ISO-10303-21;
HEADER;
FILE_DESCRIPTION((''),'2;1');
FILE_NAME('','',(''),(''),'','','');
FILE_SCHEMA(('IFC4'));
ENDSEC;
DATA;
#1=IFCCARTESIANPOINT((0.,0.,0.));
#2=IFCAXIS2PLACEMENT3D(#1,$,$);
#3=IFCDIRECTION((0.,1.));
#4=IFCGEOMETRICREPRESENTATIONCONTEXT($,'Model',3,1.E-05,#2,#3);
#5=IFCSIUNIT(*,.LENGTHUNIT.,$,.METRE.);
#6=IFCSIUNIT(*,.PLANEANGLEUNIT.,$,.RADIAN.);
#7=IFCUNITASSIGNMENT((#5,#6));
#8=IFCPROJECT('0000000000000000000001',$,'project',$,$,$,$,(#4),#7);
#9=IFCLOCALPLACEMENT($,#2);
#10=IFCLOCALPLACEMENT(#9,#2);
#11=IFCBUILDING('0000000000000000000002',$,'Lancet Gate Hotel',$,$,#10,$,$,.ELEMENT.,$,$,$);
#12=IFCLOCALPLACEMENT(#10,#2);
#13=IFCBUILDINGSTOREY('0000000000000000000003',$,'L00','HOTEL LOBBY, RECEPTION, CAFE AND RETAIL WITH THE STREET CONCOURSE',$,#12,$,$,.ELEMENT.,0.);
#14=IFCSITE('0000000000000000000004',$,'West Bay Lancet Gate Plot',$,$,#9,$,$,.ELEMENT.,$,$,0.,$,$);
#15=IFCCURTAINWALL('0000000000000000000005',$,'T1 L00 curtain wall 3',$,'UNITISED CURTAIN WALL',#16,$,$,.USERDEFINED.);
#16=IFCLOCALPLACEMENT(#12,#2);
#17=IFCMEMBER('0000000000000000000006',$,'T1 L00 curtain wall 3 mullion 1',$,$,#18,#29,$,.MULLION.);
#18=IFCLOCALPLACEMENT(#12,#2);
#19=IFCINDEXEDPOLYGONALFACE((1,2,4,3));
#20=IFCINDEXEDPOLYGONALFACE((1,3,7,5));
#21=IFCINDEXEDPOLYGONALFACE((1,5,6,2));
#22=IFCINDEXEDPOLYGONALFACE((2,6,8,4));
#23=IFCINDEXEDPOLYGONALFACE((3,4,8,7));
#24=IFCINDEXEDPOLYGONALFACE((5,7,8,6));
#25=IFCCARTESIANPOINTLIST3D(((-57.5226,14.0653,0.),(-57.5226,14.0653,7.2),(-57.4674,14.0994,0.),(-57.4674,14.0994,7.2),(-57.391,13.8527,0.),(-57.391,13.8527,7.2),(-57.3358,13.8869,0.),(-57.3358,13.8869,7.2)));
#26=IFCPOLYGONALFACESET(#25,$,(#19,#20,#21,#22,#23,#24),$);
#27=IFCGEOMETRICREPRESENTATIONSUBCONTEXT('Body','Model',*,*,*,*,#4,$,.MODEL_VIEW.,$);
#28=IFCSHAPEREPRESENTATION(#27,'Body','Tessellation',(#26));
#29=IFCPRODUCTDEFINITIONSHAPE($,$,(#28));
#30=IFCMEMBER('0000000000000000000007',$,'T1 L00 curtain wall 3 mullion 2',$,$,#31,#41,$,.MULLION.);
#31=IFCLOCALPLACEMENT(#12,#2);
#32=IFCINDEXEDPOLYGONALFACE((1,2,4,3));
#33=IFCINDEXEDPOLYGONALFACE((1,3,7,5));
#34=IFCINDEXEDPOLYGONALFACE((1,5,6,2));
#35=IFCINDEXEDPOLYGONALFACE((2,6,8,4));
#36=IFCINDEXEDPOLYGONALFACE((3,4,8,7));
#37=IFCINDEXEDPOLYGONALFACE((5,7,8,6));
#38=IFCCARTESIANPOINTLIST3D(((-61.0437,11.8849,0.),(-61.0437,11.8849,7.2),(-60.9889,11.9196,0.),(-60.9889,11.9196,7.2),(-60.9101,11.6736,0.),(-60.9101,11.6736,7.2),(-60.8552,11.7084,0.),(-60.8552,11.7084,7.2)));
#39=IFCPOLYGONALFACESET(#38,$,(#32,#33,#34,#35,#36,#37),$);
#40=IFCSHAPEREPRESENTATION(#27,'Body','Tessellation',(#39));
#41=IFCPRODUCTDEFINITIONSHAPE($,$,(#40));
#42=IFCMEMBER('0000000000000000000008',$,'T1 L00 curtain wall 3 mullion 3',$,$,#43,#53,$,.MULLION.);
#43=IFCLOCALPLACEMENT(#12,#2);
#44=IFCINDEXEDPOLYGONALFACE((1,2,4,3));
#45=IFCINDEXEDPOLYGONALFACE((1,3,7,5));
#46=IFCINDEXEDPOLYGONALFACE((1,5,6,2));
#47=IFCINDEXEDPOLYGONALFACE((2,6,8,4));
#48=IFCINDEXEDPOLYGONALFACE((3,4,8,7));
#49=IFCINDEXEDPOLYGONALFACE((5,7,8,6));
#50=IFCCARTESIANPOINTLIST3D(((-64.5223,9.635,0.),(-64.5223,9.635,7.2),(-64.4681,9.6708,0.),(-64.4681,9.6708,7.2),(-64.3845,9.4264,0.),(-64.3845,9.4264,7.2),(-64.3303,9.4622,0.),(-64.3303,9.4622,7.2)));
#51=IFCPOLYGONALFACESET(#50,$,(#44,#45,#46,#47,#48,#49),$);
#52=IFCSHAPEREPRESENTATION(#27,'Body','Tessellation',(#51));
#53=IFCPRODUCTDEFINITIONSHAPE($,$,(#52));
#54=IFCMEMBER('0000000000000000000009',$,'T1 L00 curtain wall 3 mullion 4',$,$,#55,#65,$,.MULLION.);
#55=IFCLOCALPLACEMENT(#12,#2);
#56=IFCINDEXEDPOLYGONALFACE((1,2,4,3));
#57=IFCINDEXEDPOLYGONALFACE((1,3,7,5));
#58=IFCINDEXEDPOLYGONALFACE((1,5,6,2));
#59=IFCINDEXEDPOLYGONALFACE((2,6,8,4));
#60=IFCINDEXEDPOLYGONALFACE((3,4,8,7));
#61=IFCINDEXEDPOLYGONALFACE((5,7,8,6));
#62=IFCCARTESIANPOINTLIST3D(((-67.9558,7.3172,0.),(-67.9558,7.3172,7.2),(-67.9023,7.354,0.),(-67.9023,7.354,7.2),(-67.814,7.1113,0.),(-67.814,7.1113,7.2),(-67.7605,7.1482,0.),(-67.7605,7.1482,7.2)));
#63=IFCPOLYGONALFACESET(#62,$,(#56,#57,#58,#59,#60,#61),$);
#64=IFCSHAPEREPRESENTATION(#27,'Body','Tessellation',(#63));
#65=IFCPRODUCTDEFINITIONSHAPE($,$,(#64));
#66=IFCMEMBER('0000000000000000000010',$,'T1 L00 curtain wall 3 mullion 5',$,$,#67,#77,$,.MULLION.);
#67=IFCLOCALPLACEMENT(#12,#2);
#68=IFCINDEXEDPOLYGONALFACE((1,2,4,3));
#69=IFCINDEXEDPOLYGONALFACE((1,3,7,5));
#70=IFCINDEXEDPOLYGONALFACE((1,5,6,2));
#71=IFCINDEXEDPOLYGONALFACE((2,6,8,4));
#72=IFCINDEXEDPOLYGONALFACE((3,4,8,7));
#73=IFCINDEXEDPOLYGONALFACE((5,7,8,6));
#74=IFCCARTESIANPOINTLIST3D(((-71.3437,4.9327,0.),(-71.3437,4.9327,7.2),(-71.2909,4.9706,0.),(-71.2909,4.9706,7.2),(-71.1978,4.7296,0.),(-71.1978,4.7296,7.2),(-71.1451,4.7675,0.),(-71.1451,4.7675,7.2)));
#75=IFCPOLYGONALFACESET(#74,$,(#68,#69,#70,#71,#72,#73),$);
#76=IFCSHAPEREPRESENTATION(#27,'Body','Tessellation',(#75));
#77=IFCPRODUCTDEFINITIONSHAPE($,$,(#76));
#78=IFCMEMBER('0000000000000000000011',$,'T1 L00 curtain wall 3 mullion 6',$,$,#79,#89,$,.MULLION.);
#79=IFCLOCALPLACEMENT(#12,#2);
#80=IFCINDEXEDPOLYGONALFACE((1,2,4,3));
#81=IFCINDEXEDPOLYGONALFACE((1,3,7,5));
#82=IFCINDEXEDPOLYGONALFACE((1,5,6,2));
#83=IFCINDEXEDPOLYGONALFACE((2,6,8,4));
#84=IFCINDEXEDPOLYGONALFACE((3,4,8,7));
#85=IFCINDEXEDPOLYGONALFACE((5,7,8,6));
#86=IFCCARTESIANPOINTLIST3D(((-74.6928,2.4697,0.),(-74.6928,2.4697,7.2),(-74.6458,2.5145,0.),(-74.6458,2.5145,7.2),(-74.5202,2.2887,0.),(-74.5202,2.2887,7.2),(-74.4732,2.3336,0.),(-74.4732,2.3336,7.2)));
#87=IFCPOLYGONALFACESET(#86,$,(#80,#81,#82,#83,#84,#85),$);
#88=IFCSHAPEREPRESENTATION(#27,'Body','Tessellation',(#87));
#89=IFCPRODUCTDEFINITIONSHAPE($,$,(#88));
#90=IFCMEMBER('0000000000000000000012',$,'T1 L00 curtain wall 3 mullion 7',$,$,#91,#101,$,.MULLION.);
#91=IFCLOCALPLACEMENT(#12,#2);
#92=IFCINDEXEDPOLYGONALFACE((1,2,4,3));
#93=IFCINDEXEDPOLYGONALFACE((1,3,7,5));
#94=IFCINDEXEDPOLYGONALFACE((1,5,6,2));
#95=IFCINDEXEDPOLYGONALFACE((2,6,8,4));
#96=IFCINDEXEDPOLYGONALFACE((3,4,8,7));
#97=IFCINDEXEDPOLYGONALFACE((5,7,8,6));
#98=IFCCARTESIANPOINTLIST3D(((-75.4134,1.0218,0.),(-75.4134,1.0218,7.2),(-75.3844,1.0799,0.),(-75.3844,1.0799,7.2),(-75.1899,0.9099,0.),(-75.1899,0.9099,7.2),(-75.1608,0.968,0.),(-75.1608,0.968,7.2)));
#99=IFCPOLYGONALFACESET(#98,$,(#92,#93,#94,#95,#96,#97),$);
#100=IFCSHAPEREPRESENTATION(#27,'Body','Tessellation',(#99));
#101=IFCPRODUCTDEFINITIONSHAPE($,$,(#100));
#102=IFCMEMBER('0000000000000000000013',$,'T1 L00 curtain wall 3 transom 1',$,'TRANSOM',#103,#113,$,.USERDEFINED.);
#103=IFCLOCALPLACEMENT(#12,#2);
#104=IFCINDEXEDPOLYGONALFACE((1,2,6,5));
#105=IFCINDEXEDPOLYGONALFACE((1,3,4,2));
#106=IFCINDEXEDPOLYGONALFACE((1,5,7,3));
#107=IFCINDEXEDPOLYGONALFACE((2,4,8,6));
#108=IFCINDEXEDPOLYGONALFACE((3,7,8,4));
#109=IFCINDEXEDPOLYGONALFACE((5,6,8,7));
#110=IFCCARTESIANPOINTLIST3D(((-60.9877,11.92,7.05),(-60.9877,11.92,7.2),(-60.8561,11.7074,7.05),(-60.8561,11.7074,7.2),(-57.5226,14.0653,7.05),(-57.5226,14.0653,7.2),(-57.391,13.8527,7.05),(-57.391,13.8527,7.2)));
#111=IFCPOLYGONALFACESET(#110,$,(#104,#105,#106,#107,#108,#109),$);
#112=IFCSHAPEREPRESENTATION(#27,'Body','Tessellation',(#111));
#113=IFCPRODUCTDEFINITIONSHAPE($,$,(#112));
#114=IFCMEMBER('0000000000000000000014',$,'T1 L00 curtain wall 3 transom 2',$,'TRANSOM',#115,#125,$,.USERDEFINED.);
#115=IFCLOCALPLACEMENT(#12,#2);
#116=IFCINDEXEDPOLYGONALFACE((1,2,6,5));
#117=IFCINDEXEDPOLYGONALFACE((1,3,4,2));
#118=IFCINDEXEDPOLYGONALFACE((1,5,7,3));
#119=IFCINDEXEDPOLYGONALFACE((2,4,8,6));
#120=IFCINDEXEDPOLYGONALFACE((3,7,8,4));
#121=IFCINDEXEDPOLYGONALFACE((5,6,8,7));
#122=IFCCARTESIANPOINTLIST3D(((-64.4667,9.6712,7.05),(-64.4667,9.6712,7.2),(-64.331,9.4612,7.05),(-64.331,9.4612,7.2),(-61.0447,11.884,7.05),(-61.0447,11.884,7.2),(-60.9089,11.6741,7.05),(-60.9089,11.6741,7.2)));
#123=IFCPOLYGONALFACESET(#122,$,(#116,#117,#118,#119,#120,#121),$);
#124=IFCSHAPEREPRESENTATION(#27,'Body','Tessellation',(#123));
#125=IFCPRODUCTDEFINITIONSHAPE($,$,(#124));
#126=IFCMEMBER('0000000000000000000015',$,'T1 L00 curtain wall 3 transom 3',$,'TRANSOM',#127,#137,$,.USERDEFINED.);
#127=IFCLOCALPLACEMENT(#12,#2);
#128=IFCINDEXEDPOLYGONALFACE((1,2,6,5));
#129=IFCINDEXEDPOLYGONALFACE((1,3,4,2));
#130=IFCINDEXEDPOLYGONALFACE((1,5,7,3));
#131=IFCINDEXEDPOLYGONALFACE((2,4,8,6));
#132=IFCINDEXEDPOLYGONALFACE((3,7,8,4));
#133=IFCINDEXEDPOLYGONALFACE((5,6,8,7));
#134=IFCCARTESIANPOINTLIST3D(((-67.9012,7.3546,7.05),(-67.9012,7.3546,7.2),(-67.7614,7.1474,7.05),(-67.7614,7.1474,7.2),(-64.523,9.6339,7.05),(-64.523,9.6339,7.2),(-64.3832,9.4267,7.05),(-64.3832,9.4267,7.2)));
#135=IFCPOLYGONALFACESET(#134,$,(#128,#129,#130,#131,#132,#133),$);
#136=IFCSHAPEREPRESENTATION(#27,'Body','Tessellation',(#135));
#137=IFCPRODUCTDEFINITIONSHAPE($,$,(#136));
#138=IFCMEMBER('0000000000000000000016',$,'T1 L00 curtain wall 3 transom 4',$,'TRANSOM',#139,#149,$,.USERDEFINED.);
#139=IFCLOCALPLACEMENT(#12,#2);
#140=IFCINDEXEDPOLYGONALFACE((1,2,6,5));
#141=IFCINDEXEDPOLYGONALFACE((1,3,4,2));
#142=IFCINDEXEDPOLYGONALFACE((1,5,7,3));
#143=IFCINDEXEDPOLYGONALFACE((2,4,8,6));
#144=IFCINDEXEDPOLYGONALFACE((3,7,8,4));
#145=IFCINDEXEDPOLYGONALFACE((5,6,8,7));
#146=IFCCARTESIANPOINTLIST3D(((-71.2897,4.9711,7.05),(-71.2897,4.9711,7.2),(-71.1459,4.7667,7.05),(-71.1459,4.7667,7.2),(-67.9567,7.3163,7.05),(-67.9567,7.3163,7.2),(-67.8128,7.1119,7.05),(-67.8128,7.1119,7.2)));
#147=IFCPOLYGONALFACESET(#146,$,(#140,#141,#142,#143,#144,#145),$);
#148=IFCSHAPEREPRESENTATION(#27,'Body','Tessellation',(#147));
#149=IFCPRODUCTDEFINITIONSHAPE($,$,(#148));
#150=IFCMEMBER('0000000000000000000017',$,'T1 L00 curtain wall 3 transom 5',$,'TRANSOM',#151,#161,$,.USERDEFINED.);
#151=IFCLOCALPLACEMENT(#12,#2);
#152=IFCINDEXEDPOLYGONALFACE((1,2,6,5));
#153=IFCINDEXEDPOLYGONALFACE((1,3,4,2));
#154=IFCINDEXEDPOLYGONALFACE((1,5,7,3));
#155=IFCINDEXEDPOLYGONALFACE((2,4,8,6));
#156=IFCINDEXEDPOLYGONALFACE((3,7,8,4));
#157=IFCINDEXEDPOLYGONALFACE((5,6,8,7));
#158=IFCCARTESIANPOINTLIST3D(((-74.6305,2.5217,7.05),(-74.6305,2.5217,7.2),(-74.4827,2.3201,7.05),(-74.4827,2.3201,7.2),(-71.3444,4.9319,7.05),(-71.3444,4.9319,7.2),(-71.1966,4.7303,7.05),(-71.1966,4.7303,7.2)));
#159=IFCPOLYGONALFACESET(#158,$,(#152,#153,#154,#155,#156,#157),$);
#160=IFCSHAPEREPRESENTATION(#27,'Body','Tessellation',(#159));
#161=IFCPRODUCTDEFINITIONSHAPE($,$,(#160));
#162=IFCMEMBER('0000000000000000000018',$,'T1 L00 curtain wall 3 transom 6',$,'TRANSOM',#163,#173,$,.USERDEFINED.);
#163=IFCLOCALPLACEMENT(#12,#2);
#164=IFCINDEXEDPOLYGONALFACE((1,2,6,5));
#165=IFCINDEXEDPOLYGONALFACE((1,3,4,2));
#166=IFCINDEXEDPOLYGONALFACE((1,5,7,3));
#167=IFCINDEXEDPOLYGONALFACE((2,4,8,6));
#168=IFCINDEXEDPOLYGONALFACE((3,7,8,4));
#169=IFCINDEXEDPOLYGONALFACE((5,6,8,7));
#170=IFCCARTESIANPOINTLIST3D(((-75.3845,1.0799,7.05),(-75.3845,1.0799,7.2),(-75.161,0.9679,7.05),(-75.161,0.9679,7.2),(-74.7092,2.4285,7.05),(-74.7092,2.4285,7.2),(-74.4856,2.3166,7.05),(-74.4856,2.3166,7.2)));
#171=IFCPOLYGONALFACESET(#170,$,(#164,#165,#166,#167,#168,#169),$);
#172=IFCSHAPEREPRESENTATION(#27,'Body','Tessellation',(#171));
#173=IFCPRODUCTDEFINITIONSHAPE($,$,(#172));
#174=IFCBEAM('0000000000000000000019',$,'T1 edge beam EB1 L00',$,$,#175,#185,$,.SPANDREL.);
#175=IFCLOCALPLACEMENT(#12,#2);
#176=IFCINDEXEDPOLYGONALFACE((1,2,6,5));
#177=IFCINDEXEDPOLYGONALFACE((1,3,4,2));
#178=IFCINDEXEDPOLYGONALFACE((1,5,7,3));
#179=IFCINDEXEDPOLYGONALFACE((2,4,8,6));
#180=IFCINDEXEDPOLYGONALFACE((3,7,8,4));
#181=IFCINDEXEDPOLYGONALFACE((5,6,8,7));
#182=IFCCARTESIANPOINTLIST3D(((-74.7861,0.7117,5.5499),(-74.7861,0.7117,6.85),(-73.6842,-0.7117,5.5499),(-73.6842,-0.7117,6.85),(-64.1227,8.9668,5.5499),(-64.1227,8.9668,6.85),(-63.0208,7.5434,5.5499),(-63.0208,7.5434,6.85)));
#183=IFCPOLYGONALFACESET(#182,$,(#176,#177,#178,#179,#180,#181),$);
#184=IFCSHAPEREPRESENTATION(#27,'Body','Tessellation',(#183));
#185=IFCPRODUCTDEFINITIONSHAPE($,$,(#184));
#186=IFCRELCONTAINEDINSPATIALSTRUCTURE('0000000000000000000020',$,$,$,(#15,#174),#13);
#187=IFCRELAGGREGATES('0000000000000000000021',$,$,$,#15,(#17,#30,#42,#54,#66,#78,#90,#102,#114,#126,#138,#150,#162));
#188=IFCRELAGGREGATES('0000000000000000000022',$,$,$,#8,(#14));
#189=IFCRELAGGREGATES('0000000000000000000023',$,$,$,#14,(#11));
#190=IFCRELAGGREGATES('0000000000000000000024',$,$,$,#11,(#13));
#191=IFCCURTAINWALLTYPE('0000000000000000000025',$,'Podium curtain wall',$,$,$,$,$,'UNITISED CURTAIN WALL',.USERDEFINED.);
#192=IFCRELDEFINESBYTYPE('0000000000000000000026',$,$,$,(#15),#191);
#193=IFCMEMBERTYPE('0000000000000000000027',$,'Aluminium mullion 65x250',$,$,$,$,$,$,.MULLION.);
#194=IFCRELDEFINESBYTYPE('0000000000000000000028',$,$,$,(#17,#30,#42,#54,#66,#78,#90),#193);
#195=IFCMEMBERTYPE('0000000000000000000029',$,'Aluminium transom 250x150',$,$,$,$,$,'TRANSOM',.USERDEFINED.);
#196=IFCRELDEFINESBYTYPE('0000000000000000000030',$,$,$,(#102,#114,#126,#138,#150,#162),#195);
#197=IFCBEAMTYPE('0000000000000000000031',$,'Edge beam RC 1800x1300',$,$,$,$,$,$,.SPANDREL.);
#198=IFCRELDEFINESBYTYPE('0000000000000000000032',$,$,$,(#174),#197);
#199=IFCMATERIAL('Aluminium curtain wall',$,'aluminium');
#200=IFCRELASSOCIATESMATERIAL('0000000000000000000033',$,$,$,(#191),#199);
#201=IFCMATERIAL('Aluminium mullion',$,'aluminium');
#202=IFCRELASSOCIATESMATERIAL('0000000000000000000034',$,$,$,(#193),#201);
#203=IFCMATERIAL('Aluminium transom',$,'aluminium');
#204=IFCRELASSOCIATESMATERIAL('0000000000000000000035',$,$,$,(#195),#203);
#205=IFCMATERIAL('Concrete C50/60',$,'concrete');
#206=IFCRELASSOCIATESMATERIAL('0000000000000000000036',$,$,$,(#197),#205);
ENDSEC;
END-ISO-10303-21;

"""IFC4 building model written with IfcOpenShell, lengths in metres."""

from ifc_helpers import new_model, si_unit, direction, frame, origin, origin_2d, place, context, subcontext, project, spatial, rectangle, extrude, material, material_profile, profile_set, type_object, element, aggregate, save


model = new_model("IFC4")

# Units and contexts
model_context = context("Model", 3, precision=1e-05, world=origin(), true_north=direction((0.0, 1.0)))
body_context = subcontext(model_context, "Body", "Model", "MODEL_VIEW")
ifc_project = project(units=[si_unit("LENGTHUNIT", "METRE"), si_unit("PLANEANGLEUNIT", "RADIAN")], contexts=[model_context])

# Site, building, storey
site_placement = place(None, origin())
site = spatial("IfcSite", under=ifc_project, at=site_placement, Name="West Bay Lancet Gate Plot", CompositionType="ELEMENT", RefElevation=0.0)
building_placement = place(site_placement, origin())
building = spatial("IfcBuilding", under=site, at=building_placement, Name="Lancet Gate Hotel", CompositionType="ELEMENT")
storey_placement = place(building_placement, origin())
storey = spatial("IfcBuildingStorey", under=building, at=storey_placement, Name="L00", Description="HOTEL LOBBY, RECEPTION, CAFE AND RETAIL WITH THE STREET CONCOURSE", CompositionType="ELEMENT", Elevation=0.0)

# Curtain wall, members
ifc_material_1 = material(Name="Aluminium curtain wall", Category="aluminium")
curtain_wall_type = type_object("IfcCurtainWallType", Name="Podium curtain wall", ElementType="UNITISED CURTAIN WALL", PredefinedType="USERDEFINED", material=ifc_material_1)
curtain_wall_placement = place(storey_placement, origin())
curtain_wall = element("IfcCurtainWall", 1, at=curtain_wall_placement, inside=storey, type_object=curtain_wall_type, Name="T1 L00 curtain wall 3", ObjectType="UNITISED CURTAIN WALL", PredefinedType="USERDEFINED")
ifc_material_2 = material(Name="Aluminium mullion", Category="aluminium")
ifc_material_profile_1 = material_profile(ifc_material_2, rectangle(XDim=0.0649, YDim=0.25, at=origin_2d()), Name="MULLION 65x250")
ifc_profile_set_1 = profile_set([ifc_material_profile_1], Name="Aluminium mullion")
member_type_1 = type_object("IfcMemberType", Name="Aluminium mullion 65x250", PredefinedType="MULLION", material=ifc_profile_set_1)
member_1_placement = place(storey_placement, frame((-57.4292, 13.9761, 0.0), z_axis=(0.0, 0.0, 1.0), x_axis=(-0.850229, -0.526414, 0.0)))
member_1 = element("IfcMember", 2, at=member_1_placement, type_object=member_type_1, Name="T1 L00 curtain wall 3 mullion 1", PredefinedType="MULLION", context=body_context, shape_type="SweptSolid", body=[
    extrude(rectangle(XDim=0.0649, YDim=0.25, at=origin_2d()), origin(), (0.0, 0.0, 1.0), 7.2),
])
member_2_placement = place(storey_placement, frame((-60.9495, 11.7966, 0.0), z_axis=(0.0, 0.0, 1.0), x_axis=(-0.845029, -0.53472, 0.0)))
member_2 = element("IfcMember", 3, at=member_2_placement, type_object=member_type_1, Name="T1 L00 curtain wall 3 mullion 2", PredefinedType="MULLION", context=body_context, shape_type="SweptSolid", body=[
    extrude(rectangle(XDim=0.0649, YDim=0.25, at=origin_2d()), origin(), (0.0, 0.0, 1.0), 7.2),
])
member_3_placement = place(storey_placement, frame((-64.4263, 9.5486, 0.0), z_axis=(0.0, 0.0, 1.0), x_axis=(-0.834387, -0.551178, 0.0)))
member_3 = element("IfcMember", 4, at=member_3_placement, type_object=member_type_1, Name="T1 L00 curtain wall 3 mullion 3", PredefinedType="MULLION", context=body_context, shape_type="SweptSolid", body=[
    extrude(rectangle(XDim=0.0649, YDim=0.25, at=origin_2d()), origin(), (0.0, 0.0, 1.0), 7.2),
])
member_4_placement = place(storey_placement, frame((-67.8582, 7.2327, 0.0), z_axis=(0.0, 0.0, 1.0), x_axis=(-0.823425, -0.567425, 0.0)))
member_4 = element("IfcMember", 5, at=member_4_placement, type_object=member_type_1, Name="T1 L00 curtain wall 3 mullion 4", PredefinedType="MULLION", context=body_context, shape_type="SweptSolid", body=[
    extrude(rectangle(XDim=0.0649, YDim=0.25, at=origin_2d()), origin(), (0.0, 0.0, 1.0), 7.2),
])
member_5_placement = place(storey_placement, frame((-71.2444, 4.8501, 0.0), z_axis=(0.0, 0.0, 1.0), x_axis=(-0.812147, -0.583453, 0.0)))
member_5 = element("IfcMember", 6, at=member_5_placement, type_object=member_type_1, Name="T1 L00 curtain wall 3 mullion 5", PredefinedType="MULLION", context=body_context, shape_type="SweptSolid", body=[
    extrude(rectangle(XDim=0.0649, YDim=0.25, at=origin_2d()), origin(), (0.0, 0.0, 1.0), 7.2),
])
member_6_placement = place(storey_placement, frame((-74.583, 2.4016, 0.0), z_axis=(0.0, 0.0, 1.0), x_axis=(-0.723696, -0.690119, 0.0)))
member_6 = element("IfcMember", 7, at=member_6_placement, type_object=member_type_1, Name="T1 L00 curtain wall 3 mullion 6", PredefinedType="MULLION", context=body_context, shape_type="SweptSolid", body=[
    extrude(rectangle(XDim=0.0649, YDim=0.25, at=origin_2d()), origin(), (0.0, 0.0, 1.0), 7.2),
])
member_7_placement = place(storey_placement, frame((-75.2871, 0.9949, 0.0), z_axis=(0.0, 0.0, 1.0), x_axis=(-0.447628, -0.89422, 0.0)))
member_7 = element("IfcMember", 8, at=member_7_placement, type_object=member_type_1, Name="T1 L00 curtain wall 3 mullion 7", PredefinedType="MULLION", context=body_context, shape_type="SweptSolid", body=[
    extrude(rectangle(XDim=0.0649, YDim=0.25, at=origin_2d()), origin(), (0.0, 0.0, 1.0), 7.2),
])
ifc_material_3 = material(Name="Aluminium transom", Category="aluminium")
ifc_material_profile_2 = material_profile(ifc_material_3, rectangle(XDim=0.25, YDim=0.1499, at=origin_2d()), Name="TRANSOM 250x150")
ifc_profile_set_2 = profile_set([ifc_material_profile_2], Name="Aluminium transom")
member_type_2 = type_object("IfcMemberType", Name="Aluminium transom 250x150", ElementType="TRANSOM", PredefinedType="USERDEFINED", material=ifc_profile_set_2)
member_8_placement = place(storey_placement, frame((-57.4568, 13.959, 7.125), z_axis=(-0.850242, -0.526392, 0.0), x_axis=(0.526392, -0.850242, 0.0)))
member_8 = element("IfcMember", 9, at=member_8_placement, type_object=member_type_2, Name="T1 L00 curtain wall 3 transom 1", ObjectType="TRANSOM", PredefinedType="USERDEFINED", context=body_context, shape_type="SweptSolid", body=[
    extrude(rectangle(XDim=0.25, YDim=0.1499, at=origin_2d()), origin(), (0.0, 0.0, 1.0), 4.0754),
])
member_9_placement = place(storey_placement, frame((-60.9768, 11.7791, 7.125), z_axis=(-0.839729, -0.543005, 0.0), x_axis=(0.543005, -0.839729, 0.0)))
member_9 = element("IfcMember", 10, at=member_9_placement, type_object=member_type_2, Name="T1 L00 curtain wall 3 transom 2", ObjectType="TRANSOM", PredefinedType="USERDEFINED", context=body_context, shape_type="SweptSolid", body=[
    extrude(rectangle(XDim=0.25, YDim=0.1499, at=origin_2d()), origin(), (0.0, 0.0, 1.0), 4.0752),
])
member_10_placement = place(storey_placement, frame((-64.4531, 9.5303, 7.125), z_axis=(-0.828959, -0.559309, 0.0), x_axis=(0.559309, -0.828959, 0.0)))
member_10 = element("IfcMember", 11, at=member_10_placement, type_object=member_type_2, Name="T1 L00 curtain wall 3 transom 3", ObjectType="TRANSOM", PredefinedType="USERDEFINED", context=body_context, shape_type="SweptSolid", body=[
    extrude(rectangle(XDim=0.25, YDim=0.1499, at=origin_2d()), origin(), (0.0, 0.0, 1.0), 4.0752),
])
member_11_placement = place(storey_placement, frame((-67.8848, 7.2141, 7.125), z_axis=(-0.817834, -0.575455, 0.0), x_axis=(0.575455, -0.817834, 0.0)))
member_11 = element("IfcMember", 12, at=member_11_placement, type_object=member_type_2, Name="T1 L00 curtain wall 3 transom 4", ObjectType="TRANSOM", PredefinedType="USERDEFINED", context=body_context, shape_type="SweptSolid", body=[
    extrude(rectangle(XDim=0.25, YDim=0.1499, at=origin_2d()), origin(), (0.0, 0.0, 1.0), 4.0754),
])
member_12_placement = place(storey_placement, frame((-71.2705, 4.8311, 7.125), z_axis=(-0.806367, -0.591416, 0.0), x_axis=(0.591416, -0.806367, 0.0)))
member_12 = element("IfcMember", 13, at=member_12_placement, type_object=member_type_2, Name="T1 L00 curtain wall 3 transom 5", ObjectType="TRANSOM", PredefinedType="USERDEFINED", context=body_context, shape_type="SweptSolid", body=[
    extrude(rectangle(XDim=0.25, YDim=0.1499, at=origin_2d()), origin(), (0.0, 0.0, 1.0), 4.0752),
])
member_13_placement = place(storey_placement, frame((-74.5974, 2.3726, 7.125), z_axis=(-0.447732, -0.894168, 0.0), x_axis=(0.894168, -0.447732, 0.0)))
member_13 = element("IfcMember", 14, at=member_13_placement, type_object=member_type_2, Name="T1 L00 curtain wall 3 transom 6", ObjectType="TRANSOM", PredefinedType="USERDEFINED", context=body_context, shape_type="SweptSolid", body=[
    extrude(rectangle(XDim=0.25, YDim=0.1499, at=origin_2d()), origin(), (0.0, 0.0, 1.0), 1.5083),
])

# Beam
ifc_material_4 = material(Name="Concrete C50/60", Category="concrete")
ifc_material_profile_3 = material_profile(ifc_material_4, rectangle(XDim=1.8, YDim=1.3, at=origin_2d()), Name="RC 1800x1300")
ifc_profile_set_3 = profile_set([ifc_material_profile_3], Name="Concrete C50/60")
beam_type_1 = type_object("IfcBeamType", Name="Edge beam RC 1800x1300", PredefinedType="SPANDREL", material=ifc_profile_set_3)
beam_1_placement = place(storey_placement, frame((-63.5718, 8.2551, 6.2), z_axis=(-0.790736, -0.612157, 0.0), x_axis=(0.612157, -0.790736, 0.0)))
element("IfcBeam", 15, at=beam_1_placement, inside=storey, type_object=beam_type_1, Name="T1 edge beam EB1 L00", PredefinedType="SPANDREL", context=body_context, shape_type="SweptSolid", body=[
    extrude(rectangle(XDim=1.8, YDim=1.3, at=origin_2d()), origin(), (0.0, 0.0, 1.0), 13.4854),
])

aggregate(curtain_wall, [member_1, member_2, member_3, member_4, member_5, member_6, member_7, member_8, member_9, member_10, member_11, member_12, member_13])

save(model, "model.ifc")
